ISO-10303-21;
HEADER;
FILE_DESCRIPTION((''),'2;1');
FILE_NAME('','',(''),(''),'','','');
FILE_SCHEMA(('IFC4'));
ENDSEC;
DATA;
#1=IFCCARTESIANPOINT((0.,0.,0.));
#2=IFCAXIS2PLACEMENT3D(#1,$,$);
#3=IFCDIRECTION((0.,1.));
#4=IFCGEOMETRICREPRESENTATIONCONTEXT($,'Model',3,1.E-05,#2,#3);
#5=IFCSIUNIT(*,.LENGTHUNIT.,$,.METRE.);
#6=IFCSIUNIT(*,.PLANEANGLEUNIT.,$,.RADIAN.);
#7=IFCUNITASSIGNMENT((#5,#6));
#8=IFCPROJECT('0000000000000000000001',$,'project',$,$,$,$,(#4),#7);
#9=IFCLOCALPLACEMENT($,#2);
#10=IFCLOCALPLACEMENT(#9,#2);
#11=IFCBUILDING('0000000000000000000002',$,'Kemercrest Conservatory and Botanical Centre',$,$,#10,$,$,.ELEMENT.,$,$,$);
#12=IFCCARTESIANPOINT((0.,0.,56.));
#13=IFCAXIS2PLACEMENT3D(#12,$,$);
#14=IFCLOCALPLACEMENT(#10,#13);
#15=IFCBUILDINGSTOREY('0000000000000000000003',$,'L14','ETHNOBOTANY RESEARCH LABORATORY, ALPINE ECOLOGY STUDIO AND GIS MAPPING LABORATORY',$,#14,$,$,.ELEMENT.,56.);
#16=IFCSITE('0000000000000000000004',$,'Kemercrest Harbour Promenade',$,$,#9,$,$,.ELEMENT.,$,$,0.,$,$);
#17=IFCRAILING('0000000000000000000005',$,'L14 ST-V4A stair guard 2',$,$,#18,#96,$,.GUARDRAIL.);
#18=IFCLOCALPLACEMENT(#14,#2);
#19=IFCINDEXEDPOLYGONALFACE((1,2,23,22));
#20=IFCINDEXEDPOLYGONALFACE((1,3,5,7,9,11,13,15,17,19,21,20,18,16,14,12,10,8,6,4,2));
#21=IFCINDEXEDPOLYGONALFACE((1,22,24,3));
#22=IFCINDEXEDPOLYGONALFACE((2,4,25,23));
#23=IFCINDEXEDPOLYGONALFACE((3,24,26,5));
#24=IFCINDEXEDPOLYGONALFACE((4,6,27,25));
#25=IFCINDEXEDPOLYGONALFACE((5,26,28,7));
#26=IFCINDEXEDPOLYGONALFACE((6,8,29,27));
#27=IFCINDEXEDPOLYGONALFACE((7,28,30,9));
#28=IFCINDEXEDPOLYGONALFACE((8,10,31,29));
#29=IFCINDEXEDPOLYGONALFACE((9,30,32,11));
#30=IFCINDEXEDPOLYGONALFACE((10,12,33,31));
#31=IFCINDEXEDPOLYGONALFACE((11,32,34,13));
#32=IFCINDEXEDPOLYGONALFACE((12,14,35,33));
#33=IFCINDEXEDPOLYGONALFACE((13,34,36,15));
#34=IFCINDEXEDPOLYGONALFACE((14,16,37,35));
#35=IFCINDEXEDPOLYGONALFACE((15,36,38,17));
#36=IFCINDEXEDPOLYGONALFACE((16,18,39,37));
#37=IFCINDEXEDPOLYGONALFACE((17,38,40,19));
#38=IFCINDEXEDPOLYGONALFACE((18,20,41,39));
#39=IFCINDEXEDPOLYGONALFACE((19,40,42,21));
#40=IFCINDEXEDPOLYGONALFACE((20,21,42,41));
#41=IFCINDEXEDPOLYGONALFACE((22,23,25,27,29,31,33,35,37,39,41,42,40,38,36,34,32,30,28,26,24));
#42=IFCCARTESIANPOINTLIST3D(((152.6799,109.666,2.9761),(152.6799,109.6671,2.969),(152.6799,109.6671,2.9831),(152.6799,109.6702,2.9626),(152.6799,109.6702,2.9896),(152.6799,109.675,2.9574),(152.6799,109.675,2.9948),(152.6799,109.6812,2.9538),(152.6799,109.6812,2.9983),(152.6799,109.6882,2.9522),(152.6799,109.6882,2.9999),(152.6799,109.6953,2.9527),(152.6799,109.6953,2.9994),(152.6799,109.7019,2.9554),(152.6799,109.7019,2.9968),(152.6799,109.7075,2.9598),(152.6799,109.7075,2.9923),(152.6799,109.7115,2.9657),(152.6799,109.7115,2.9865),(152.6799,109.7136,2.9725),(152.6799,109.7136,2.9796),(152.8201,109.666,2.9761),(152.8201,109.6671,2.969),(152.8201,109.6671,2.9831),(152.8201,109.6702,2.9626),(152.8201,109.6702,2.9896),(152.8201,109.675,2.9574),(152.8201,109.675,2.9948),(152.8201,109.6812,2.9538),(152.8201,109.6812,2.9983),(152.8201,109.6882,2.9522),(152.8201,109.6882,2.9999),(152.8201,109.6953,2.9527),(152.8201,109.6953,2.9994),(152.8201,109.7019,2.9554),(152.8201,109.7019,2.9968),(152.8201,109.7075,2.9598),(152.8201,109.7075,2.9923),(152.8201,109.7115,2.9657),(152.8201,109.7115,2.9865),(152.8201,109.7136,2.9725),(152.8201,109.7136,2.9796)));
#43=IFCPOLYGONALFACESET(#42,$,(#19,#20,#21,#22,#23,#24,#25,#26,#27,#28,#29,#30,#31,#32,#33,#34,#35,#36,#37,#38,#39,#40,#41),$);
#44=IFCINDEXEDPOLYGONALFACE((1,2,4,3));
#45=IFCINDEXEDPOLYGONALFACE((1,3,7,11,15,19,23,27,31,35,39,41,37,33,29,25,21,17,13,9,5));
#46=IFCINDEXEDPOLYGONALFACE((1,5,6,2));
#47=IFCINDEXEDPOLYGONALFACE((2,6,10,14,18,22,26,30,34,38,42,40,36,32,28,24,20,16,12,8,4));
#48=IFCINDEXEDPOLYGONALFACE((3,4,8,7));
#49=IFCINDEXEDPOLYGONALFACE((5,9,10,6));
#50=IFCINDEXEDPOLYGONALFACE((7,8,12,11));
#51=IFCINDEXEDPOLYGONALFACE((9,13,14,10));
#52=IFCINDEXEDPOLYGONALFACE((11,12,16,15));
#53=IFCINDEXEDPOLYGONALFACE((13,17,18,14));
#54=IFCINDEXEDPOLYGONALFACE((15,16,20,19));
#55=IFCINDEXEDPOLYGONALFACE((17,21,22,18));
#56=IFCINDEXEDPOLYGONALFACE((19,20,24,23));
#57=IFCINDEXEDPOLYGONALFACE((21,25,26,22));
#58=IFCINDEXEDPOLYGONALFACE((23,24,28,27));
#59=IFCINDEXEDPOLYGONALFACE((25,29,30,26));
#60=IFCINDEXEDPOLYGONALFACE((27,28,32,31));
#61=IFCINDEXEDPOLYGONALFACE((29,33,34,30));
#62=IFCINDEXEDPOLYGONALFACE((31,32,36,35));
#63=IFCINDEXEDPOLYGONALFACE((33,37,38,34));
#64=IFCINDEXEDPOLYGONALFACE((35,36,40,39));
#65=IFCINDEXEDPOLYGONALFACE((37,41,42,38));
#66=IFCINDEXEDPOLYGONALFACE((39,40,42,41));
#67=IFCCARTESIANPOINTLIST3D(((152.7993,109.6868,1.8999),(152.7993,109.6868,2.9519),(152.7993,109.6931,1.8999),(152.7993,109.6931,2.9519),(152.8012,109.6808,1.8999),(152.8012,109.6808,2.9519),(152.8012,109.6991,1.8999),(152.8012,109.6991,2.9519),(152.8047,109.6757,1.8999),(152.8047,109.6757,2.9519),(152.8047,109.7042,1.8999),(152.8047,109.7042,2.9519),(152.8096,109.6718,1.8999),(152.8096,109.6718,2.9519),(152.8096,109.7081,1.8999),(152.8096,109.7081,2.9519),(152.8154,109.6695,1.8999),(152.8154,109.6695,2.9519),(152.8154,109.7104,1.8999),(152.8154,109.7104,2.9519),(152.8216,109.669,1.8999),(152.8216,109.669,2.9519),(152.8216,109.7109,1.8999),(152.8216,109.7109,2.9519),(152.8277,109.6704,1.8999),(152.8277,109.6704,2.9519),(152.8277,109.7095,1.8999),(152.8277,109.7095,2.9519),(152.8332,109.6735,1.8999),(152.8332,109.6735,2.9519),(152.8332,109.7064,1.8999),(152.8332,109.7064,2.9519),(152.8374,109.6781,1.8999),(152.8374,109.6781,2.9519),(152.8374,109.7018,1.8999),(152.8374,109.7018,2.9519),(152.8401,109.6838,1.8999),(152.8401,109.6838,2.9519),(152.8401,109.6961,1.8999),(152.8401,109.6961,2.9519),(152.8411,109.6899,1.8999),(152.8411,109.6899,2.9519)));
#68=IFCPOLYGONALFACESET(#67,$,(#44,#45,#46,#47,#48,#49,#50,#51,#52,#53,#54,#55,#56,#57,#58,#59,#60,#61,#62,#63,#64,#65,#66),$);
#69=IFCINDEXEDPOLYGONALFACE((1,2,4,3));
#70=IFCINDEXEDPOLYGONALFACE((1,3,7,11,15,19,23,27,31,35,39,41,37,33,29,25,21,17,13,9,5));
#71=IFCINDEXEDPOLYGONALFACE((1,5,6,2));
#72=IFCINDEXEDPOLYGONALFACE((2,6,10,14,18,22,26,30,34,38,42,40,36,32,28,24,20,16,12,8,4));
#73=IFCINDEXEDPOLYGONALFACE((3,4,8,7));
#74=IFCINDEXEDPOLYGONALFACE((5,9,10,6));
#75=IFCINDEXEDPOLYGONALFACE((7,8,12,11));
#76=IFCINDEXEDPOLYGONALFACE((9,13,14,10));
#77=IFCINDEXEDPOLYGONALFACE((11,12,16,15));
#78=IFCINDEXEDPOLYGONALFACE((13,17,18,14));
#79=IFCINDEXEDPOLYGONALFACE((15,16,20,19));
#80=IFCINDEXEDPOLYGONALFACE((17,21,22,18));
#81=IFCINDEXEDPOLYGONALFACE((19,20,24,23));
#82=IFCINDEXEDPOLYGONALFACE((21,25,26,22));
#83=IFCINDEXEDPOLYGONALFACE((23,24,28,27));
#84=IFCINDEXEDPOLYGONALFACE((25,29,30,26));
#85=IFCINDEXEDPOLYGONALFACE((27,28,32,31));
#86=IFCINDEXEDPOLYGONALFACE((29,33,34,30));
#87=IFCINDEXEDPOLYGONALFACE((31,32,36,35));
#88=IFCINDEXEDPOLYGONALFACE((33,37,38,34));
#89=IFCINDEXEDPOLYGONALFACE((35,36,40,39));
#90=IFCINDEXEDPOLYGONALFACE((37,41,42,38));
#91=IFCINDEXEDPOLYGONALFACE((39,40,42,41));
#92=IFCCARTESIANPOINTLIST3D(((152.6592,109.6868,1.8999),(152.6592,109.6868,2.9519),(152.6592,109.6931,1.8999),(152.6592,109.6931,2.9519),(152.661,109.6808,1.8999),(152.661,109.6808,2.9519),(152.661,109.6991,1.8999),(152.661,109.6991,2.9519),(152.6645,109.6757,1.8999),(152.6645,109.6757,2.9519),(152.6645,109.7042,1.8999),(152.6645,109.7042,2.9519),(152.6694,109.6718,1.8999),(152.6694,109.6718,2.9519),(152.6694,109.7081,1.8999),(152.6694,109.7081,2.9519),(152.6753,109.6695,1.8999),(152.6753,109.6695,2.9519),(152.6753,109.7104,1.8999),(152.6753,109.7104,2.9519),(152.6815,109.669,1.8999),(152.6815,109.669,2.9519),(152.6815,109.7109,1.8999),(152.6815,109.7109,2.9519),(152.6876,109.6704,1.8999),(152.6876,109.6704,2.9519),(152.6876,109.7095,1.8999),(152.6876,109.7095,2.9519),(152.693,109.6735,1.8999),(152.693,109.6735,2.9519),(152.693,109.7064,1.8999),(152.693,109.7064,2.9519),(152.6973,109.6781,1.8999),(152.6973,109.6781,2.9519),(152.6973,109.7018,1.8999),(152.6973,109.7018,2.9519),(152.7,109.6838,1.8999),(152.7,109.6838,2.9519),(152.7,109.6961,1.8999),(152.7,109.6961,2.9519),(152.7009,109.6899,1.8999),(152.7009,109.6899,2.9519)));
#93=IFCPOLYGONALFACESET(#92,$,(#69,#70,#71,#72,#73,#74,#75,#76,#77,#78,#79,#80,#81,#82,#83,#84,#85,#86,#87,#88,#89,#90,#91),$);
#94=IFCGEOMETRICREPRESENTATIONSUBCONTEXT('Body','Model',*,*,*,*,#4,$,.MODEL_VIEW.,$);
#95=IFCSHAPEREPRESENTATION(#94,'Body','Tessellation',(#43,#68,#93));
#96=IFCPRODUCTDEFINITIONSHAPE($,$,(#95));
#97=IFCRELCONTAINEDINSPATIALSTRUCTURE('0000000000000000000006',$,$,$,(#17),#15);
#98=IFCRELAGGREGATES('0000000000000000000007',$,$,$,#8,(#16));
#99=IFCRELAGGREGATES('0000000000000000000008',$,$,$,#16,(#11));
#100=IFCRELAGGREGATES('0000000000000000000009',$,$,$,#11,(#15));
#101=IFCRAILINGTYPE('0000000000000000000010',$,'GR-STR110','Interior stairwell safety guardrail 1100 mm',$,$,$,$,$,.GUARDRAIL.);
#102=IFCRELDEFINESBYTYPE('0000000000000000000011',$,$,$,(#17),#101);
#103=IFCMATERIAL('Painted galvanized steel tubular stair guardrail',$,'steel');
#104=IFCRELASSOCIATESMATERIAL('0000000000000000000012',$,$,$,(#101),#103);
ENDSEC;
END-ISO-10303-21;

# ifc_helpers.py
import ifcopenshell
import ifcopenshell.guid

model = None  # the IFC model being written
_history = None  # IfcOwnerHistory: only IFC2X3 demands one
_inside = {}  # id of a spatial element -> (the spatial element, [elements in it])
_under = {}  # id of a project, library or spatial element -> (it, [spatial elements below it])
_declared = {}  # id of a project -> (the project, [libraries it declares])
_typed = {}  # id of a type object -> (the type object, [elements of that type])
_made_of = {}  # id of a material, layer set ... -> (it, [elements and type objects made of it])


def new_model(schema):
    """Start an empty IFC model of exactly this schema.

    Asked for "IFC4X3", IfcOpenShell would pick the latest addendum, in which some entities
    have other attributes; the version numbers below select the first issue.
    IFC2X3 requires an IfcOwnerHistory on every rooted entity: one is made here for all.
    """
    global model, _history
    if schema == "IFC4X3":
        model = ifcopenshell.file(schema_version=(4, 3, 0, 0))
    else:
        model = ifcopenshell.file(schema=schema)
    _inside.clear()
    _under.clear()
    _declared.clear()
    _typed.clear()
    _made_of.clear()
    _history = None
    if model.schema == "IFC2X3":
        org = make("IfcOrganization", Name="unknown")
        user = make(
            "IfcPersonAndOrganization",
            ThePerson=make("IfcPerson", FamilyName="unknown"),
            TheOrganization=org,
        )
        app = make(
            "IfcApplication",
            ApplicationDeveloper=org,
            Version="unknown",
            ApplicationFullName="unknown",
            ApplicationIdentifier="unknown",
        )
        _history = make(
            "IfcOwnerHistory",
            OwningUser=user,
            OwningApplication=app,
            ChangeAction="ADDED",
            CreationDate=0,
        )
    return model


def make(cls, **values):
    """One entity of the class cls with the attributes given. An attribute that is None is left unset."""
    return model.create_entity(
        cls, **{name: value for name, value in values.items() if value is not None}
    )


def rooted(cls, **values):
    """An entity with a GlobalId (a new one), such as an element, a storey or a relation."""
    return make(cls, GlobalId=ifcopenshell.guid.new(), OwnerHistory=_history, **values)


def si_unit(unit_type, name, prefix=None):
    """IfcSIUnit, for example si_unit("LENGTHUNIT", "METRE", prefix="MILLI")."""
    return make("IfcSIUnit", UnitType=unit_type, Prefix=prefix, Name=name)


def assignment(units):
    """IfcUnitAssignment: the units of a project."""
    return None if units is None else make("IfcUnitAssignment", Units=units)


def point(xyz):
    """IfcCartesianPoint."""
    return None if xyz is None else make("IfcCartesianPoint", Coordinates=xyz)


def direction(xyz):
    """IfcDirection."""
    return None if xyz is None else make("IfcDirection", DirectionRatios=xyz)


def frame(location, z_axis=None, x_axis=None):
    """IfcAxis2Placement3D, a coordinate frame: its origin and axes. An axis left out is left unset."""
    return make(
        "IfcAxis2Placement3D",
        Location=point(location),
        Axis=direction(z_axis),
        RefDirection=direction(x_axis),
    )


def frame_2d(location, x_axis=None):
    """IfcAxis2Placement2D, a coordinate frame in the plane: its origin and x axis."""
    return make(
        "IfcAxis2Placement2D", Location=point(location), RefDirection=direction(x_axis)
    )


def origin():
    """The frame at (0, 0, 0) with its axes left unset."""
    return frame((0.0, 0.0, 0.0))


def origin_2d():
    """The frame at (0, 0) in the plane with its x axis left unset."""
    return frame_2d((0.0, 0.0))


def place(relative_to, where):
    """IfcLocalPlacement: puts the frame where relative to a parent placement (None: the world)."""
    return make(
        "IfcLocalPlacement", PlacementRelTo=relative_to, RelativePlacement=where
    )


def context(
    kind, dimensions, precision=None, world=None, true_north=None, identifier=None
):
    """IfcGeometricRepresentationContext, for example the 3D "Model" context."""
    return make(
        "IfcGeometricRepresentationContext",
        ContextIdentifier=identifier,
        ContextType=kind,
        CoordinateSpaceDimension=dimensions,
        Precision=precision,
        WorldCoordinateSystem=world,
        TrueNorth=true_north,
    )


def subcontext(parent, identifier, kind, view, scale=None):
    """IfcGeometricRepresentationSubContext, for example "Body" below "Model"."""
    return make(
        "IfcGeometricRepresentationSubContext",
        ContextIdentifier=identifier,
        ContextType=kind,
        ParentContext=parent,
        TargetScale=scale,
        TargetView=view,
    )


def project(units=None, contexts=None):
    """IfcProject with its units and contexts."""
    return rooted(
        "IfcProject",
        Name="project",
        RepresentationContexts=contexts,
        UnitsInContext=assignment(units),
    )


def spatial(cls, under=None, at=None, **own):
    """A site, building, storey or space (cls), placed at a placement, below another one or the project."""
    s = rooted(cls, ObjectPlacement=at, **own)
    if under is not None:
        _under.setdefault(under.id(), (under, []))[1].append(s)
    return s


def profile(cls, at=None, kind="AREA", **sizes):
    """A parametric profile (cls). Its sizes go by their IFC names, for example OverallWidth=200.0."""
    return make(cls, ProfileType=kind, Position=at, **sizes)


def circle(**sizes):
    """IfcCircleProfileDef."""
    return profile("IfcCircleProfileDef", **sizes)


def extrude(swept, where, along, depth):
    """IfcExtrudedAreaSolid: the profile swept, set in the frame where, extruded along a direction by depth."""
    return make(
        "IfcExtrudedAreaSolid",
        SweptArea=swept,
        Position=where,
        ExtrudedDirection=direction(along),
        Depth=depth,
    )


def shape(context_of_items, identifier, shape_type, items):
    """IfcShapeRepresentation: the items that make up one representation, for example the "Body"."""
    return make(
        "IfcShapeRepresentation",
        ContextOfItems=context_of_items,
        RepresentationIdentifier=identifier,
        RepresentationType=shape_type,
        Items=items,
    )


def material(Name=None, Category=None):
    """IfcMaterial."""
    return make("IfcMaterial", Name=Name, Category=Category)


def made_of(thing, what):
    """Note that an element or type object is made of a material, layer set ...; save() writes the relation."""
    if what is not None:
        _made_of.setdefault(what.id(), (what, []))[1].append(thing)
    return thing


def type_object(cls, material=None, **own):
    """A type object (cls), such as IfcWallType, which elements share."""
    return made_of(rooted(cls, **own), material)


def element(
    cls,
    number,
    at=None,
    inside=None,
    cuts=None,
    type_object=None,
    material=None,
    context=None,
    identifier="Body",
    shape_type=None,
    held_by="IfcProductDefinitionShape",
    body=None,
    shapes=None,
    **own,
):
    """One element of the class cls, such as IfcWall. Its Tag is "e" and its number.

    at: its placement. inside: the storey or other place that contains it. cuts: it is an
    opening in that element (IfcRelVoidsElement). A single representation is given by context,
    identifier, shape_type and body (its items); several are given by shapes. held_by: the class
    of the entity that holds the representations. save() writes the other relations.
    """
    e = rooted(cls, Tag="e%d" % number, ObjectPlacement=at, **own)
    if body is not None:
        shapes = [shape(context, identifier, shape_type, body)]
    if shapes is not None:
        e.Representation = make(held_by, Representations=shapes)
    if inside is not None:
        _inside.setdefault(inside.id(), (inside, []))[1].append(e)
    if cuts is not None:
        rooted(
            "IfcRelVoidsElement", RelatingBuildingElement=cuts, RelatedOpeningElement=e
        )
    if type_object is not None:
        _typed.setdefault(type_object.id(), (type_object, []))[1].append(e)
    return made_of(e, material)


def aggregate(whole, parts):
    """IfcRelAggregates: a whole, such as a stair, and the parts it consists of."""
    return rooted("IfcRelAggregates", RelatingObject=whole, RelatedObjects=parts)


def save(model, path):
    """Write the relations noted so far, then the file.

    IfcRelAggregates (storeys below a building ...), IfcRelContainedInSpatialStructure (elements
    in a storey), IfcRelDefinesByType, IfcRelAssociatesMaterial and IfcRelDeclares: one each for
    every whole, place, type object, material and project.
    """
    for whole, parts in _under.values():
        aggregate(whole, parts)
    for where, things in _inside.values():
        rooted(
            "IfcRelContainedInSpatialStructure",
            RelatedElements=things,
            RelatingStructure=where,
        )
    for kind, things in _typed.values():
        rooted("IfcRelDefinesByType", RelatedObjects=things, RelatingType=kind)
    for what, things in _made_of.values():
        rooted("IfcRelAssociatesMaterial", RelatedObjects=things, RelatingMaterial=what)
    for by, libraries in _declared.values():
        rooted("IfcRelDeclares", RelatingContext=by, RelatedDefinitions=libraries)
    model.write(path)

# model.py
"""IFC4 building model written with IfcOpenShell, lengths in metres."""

from ifc_helpers import new_model, si_unit, direction, frame, origin, origin_2d, place, context, subcontext, project, spatial, circle, extrude, material, type_object, element, save


model = new_model("IFC4")

# Units and contexts
model_context = context("Model", 3, precision=1e-05, world=origin(), true_north=direction((0.0, 1.0)))
body_context = subcontext(model_context, "Body", "Model", "MODEL_VIEW")
ifc_project = project(units=[si_unit("LENGTHUNIT", "METRE"), si_unit("PLANEANGLEUNIT", "RADIAN")], contexts=[model_context])

# Site, building, storey
site_placement = place(None, origin())
site = spatial("IfcSite", under=ifc_project, at=site_placement, Name="Kemercrest Harbour Promenade", CompositionType="ELEMENT", RefElevation=0.0)
building_placement = place(site_placement, origin())
building = spatial("IfcBuilding", under=site, at=building_placement, Name="Kemercrest Conservatory and Botanical Centre", CompositionType="ELEMENT")
storey_placement = place(building_placement, frame((0.0, 0.0, 56.0)))
storey = spatial("IfcBuildingStorey", under=building, at=storey_placement, Name="L14", Description="ETHNOBOTANY RESEARCH LABORATORY, ALPINE ECOLOGY STUDIO AND GIS MAPPING LABORATORY", CompositionType="ELEMENT", Elevation=56.0)

# Railing
ifc_material_1 = material(Name="Painted galvanized steel tubular stair guardrail", Category="steel")
railing_type_1 = type_object("IfcRailingType", Name="GR-STR110", Description="Interior stairwell safety guardrail 1100 mm", PredefinedType="GUARDRAIL", material=ifc_material_1)
railing_1_placement = place(storey_placement, frame((152.8201, 109.6899, 1.8999)))
element("IfcRailing", 1, at=railing_1_placement, inside=storey, type_object=railing_type_1, Name="L14 ST-V4A stair guard 2", PredefinedType="GUARDRAIL", context=body_context, shape_type="SweptSolid", body=[
    extrude(circle(Radius=0.0239, at=origin_2d()), frame((0.0, 0.0, 1.0762), z_axis=(-1.0, 0.0, 0.0), x_axis=(0.0, -1.0, 0.0)), (0.0, 0.0, 1.0), 0.1401),
    extrude(circle(Radius=0.021, at=origin_2d()), origin(), (0.0, 0.0, 1.0), 1.052),
    extrude(circle(Radius=0.021, at=origin_2d()), frame((-0.1401, 0.0, 0.0)), (0.0, 0.0, 1.0), 1.052),
])

save(model, "model.ifc")
